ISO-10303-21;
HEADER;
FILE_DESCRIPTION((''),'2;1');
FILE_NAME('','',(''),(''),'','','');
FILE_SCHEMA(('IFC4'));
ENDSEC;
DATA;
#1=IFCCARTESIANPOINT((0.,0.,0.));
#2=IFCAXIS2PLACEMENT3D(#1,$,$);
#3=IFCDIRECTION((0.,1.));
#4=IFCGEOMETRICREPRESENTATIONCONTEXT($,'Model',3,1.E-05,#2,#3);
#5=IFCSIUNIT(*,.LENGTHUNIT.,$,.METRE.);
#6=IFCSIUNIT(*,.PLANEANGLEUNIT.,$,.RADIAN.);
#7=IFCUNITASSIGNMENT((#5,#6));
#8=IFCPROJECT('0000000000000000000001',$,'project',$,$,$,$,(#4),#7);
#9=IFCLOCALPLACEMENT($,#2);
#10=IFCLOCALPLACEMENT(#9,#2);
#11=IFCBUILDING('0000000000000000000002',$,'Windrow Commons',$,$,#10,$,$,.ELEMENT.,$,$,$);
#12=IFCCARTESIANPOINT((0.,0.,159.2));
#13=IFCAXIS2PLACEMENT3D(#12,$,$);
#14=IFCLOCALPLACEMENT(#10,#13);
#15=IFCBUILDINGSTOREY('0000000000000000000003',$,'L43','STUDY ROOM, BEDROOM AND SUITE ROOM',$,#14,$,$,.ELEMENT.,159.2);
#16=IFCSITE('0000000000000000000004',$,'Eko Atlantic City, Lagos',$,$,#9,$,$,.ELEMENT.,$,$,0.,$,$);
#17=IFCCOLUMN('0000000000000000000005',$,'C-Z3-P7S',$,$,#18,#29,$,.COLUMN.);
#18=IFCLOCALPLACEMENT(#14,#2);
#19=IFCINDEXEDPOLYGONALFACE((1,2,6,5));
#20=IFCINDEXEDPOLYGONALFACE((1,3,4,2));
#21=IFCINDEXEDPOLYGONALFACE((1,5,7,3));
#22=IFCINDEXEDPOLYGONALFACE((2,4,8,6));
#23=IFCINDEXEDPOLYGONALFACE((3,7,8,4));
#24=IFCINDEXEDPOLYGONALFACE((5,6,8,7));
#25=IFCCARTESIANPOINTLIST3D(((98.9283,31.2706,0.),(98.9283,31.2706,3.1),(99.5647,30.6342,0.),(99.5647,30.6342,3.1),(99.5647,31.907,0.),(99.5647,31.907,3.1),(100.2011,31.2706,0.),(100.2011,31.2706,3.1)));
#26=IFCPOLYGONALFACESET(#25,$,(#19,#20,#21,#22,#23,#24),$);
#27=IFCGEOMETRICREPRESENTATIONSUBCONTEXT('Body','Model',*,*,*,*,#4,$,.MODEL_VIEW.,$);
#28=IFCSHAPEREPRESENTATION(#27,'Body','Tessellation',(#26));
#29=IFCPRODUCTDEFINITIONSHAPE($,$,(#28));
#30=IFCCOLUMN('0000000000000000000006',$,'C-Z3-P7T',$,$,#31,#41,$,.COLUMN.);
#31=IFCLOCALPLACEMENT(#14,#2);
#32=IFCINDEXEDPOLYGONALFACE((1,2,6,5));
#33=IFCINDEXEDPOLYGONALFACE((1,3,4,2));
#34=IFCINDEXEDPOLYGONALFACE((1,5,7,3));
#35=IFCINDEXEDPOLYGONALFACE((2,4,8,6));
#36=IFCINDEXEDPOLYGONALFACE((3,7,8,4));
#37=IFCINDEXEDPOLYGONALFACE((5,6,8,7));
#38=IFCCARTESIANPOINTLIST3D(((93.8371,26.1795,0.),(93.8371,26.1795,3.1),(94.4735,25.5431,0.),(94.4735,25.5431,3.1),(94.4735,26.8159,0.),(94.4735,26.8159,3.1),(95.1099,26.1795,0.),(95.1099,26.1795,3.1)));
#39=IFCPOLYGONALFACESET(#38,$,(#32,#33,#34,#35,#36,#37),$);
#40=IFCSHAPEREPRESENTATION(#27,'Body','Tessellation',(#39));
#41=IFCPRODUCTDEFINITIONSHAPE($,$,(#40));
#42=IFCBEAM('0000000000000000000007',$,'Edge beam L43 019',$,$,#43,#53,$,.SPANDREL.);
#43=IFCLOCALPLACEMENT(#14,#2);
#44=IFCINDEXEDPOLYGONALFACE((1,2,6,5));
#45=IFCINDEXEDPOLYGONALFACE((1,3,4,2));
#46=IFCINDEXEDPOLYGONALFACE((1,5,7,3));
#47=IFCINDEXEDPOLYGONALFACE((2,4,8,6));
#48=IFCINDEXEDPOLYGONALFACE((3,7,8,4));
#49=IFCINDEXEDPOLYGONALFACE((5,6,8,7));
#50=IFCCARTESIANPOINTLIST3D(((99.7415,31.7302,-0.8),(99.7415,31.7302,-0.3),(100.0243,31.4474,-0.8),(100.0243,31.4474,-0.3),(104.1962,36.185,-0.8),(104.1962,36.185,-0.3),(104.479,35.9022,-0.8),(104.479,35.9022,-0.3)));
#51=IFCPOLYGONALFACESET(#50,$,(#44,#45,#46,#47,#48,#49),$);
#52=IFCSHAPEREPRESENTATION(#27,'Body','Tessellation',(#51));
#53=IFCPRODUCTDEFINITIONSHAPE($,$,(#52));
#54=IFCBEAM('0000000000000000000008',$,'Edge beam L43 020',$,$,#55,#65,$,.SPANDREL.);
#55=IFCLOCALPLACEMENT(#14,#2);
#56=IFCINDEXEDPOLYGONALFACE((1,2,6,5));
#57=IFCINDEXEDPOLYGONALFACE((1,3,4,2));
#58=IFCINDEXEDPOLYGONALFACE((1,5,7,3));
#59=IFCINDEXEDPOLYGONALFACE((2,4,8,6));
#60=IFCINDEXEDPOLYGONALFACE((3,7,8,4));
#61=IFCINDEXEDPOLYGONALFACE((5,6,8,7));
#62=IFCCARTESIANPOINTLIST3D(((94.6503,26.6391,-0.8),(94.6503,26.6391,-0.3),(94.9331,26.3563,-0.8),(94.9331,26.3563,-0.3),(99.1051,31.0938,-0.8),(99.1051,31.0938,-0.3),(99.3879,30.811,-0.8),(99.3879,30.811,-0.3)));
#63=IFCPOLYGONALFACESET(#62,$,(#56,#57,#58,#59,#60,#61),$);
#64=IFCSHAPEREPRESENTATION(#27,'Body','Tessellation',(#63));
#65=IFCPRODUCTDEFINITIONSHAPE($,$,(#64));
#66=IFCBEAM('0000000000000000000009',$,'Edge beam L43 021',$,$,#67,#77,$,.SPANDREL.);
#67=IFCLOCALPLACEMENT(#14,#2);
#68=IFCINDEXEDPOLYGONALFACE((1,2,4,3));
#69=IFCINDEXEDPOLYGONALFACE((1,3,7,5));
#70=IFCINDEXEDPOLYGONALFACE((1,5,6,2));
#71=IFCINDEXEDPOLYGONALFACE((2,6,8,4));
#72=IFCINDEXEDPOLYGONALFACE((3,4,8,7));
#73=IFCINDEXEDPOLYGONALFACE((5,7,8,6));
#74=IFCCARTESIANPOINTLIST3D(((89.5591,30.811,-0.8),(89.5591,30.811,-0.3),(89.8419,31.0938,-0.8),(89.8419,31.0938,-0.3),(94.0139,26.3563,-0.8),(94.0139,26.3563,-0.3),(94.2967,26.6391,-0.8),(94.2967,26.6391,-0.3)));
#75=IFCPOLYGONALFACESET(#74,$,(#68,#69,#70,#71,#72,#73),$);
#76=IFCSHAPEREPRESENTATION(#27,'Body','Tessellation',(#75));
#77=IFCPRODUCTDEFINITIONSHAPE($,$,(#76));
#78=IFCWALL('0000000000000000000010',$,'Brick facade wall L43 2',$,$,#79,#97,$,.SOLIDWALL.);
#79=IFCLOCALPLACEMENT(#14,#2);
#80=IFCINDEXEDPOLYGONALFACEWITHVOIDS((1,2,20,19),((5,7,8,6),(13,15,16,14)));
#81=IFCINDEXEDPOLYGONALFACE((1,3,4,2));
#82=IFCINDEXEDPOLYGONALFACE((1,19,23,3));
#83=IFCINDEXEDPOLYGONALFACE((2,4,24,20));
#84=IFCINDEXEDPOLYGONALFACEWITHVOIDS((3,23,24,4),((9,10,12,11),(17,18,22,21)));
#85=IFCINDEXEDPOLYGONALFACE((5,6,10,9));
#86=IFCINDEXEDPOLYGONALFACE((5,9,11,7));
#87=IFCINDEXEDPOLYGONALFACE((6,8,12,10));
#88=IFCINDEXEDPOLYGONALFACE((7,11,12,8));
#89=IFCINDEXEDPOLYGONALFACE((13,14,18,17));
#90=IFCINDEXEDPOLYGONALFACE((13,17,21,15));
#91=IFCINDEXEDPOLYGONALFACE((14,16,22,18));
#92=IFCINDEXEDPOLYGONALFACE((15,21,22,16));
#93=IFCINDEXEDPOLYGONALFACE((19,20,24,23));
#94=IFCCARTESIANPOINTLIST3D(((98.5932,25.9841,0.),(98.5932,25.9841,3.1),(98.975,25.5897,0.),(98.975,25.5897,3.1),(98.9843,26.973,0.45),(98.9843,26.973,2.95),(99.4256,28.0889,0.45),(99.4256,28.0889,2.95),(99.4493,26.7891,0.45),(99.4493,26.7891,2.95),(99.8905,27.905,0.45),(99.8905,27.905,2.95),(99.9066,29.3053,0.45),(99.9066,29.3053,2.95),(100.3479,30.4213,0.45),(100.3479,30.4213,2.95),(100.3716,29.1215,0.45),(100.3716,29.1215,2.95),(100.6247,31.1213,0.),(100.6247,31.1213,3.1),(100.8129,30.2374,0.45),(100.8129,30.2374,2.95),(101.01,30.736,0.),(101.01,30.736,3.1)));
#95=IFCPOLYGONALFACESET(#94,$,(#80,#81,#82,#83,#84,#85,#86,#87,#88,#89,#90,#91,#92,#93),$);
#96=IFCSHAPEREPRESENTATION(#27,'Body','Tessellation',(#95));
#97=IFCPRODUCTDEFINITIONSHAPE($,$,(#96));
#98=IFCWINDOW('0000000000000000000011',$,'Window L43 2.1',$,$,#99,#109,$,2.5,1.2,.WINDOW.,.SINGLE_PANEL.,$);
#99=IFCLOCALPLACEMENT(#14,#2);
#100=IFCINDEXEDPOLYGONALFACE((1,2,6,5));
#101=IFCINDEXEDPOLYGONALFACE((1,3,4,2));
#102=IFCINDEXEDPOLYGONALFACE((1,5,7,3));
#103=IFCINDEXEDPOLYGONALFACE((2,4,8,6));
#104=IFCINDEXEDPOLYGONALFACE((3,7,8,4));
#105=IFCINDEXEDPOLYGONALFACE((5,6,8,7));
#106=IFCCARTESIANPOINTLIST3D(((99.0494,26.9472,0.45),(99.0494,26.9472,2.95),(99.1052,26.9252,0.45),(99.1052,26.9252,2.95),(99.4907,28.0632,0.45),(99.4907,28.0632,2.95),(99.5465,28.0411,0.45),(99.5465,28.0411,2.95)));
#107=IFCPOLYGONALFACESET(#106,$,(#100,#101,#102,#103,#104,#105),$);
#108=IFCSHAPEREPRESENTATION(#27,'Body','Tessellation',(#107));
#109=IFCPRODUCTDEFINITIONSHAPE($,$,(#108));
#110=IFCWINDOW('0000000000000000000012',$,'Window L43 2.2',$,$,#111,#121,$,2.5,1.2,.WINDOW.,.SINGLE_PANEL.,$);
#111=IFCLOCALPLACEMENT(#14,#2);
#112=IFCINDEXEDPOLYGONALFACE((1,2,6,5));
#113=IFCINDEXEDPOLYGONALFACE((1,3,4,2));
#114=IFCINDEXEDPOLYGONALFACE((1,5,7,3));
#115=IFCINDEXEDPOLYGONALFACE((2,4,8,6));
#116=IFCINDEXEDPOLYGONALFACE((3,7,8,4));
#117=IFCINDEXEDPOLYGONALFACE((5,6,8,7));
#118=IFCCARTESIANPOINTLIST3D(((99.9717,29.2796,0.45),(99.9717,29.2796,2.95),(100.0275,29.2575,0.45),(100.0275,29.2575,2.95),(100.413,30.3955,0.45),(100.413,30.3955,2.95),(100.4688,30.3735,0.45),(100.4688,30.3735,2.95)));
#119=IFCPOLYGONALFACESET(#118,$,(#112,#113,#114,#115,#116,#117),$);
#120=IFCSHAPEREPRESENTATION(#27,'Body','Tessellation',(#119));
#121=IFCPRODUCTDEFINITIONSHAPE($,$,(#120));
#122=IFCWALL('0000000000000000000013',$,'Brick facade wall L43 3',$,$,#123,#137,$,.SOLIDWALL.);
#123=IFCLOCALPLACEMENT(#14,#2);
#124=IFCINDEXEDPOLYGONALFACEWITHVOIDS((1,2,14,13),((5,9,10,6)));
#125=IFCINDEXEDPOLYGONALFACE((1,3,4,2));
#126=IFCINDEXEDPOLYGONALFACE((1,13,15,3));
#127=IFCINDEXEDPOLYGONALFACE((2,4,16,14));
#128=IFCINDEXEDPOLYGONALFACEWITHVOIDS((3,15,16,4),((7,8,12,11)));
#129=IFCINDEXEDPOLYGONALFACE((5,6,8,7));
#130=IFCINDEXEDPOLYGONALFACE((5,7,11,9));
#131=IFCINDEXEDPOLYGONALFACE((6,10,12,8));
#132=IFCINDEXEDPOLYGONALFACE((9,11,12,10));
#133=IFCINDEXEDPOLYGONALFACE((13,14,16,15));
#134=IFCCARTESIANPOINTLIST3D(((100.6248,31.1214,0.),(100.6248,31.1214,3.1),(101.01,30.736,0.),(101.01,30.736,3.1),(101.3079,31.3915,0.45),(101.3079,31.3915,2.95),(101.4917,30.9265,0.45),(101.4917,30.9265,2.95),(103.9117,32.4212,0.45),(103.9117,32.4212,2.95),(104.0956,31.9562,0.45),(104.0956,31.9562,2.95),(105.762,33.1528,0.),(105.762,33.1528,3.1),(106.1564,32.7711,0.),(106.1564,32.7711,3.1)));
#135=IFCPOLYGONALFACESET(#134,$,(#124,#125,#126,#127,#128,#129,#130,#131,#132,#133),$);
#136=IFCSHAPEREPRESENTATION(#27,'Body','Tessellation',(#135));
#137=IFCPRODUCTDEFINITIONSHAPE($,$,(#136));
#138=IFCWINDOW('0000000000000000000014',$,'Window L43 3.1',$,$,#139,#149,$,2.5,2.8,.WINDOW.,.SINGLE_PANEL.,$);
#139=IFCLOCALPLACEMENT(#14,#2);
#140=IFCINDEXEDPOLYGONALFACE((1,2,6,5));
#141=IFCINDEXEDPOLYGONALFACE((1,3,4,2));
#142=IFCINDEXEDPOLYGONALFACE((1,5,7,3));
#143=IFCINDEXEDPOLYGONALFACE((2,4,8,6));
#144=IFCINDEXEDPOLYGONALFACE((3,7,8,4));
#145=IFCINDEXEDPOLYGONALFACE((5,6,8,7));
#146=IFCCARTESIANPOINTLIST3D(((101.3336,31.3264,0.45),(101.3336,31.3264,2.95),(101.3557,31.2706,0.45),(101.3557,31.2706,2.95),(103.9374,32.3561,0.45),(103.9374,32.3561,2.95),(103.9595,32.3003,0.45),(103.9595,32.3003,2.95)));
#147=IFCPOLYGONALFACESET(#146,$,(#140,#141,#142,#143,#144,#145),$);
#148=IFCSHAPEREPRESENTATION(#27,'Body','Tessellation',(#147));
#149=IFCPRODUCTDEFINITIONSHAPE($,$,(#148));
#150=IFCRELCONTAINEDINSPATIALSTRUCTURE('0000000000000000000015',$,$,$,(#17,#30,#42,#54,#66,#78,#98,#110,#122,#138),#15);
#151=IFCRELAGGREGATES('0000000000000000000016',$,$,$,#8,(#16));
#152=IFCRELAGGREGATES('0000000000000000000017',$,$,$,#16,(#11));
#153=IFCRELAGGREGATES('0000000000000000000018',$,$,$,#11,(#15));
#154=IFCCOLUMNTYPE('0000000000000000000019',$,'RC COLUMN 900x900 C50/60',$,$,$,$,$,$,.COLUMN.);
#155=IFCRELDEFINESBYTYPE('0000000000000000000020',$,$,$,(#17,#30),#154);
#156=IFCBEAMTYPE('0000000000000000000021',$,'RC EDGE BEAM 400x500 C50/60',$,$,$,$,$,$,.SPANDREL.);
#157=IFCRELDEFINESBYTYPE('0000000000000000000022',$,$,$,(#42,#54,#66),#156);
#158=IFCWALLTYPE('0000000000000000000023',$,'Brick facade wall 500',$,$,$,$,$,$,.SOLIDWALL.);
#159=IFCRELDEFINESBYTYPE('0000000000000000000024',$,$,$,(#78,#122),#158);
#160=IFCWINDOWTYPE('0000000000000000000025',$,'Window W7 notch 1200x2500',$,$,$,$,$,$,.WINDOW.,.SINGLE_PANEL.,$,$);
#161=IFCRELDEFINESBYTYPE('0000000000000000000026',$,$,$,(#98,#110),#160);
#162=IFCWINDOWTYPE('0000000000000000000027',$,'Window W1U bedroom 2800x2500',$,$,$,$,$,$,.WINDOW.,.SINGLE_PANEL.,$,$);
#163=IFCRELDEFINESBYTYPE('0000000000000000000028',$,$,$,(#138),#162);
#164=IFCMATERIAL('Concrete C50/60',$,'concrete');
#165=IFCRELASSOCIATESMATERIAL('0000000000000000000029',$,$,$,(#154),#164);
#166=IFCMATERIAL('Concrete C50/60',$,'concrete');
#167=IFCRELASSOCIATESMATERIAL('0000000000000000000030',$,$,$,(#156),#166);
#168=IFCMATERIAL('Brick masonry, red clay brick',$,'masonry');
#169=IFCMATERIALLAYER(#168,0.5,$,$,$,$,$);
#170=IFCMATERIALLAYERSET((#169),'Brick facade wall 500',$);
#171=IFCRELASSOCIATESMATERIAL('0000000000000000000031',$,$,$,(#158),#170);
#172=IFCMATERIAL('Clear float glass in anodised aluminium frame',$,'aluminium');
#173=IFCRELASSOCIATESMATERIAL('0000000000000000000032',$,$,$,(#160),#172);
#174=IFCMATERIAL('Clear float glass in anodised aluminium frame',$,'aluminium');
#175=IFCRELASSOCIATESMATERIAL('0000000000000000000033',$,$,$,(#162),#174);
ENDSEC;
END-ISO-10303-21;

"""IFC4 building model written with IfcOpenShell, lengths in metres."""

from ifc_helpers import new_model, si_unit, direction, frame, frame_2d, origin, origin_2d, place, context, subcontext, project, spatial, polyline, rectangle, outline, extrude, material, layer, layer_set, material_profile, profile_set, type_object, element, fill, save


model = new_model("IFC4")

# Units and contexts
model_context = context("Model", 3, precision=1e-05, world=origin(), true_north=direction((0.0, 1.0)))
body_context = subcontext(model_context, "Body", "Model", "MODEL_VIEW")
ifc_project = project(units=[si_unit("LENGTHUNIT", "METRE"), si_unit("PLANEANGLEUNIT", "RADIAN")], contexts=[model_context])

# Site, building, storey
site_placement = place(None, origin())
site = spatial("IfcSite", under=ifc_project, at=site_placement, Name="Eko Atlantic City, Lagos", CompositionType="ELEMENT", RefElevation=0.0)
building_placement = place(site_placement, origin())
building = spatial("IfcBuilding", under=site, at=building_placement, Name="Windrow Commons", CompositionType="ELEMENT")
storey_placement = place(building_placement, frame((0.0, 0.0, 159.2)))
storey = spatial("IfcBuildingStorey", under=building, at=storey_placement, Name="L43", Description="STUDY ROOM, BEDROOM AND SUITE ROOM", CompositionType="ELEMENT", Elevation=159.2)

# Columns
ifc_material_1 = material(Name="Concrete C50/60", Category="concrete")
ifc_material_profile_1 = material_profile(ifc_material_1, rectangle(XDim=0.9, YDim=0.9, at=origin_2d()))
ifc_profile_set_1 = profile_set([ifc_material_profile_1], Name="Concrete C50/60")
column_type = type_object("IfcColumnType", Name="RC COLUMN 900x900 C50/60", PredefinedType="COLUMN", material=ifc_profile_set_1)
for number, where, z_axis, x_axis, name in (
    (1, (99.5647, 31.2706, 0.0), (0.0, 0.0, 1.0), (0.707107, -0.707107, 0.0), "C-Z3-P7S"),
    (2, (94.4735, 26.1795, 0.0), (0.0, 0.0, 1.0), (0.707107, -0.707107, 0.0), "C-Z3-P7T"),
):
    element("IfcColumn", number, at=place(storey_placement, frame(where, z_axis=z_axis, x_axis=x_axis)), inside=storey, type_object=column_type, Name=name, PredefinedType="COLUMN", context=body_context, shape_type="SweptSolid", body=[
        extrude(rectangle(XDim=0.9, YDim=0.9, at=origin_2d()), origin(), (0.0, 0.0, 1.0), 3.1),
    ])

# Beams
ifc_material_2 = material(Name="Concrete C50/60", Category="concrete")
ifc_material_profile_2 = material_profile(ifc_material_2, rectangle(XDim=0.4, YDim=0.5, at=origin_2d()))
ifc_profile_set_2 = profile_set([ifc_material_profile_2], Name="Concrete C50/60")
beam_type = type_object("IfcBeamType", Name="RC EDGE BEAM 400x500 C50/60", PredefinedType="SPANDREL", material=ifc_profile_set_2)
for number, where, z_axis, x_axis, name in (
    (3, (104.3376, 36.0436, -0.55), (-0.707099, -0.707115, 0.0), (0.707115, -0.707099, 0.0), "Edge beam L43 019"),
    (4, (99.2465, 30.9524, -0.55), (-0.707115, -0.707099, 0.0), (0.707099, -0.707115, 0.0), "Edge beam L43 020"),
    (5, (94.1553, 26.4977, -0.55), (-0.707115, 0.707099, 0.0), (-0.707099, -0.707115, 0.0), "Edge beam L43 021"),
):
    element("IfcBeam", number, at=place(storey_placement, frame(where, z_axis=z_axis, x_axis=x_axis)), inside=storey, type_object=beam_type, Name=name, PredefinedType="SPANDREL", context=body_context, shape_type="SweptSolid", body=[
        extrude(rectangle(XDim=0.4, YDim=0.5, at=origin_2d()), origin(), (0.0, 0.0, 1.0), 6.3),
    ])

# Wall, openings, windows
ifc_material_3 = material(Name="Brick masonry, red clay brick", Category="masonry")
ifc_layer_1 = layer(ifc_material_3, 0.5)
ifc_layer_set_1 = layer_set([ifc_layer_1], Name="Brick facade wall 500")
wall_type_1 = type_object("IfcWallType", Name="Brick facade wall 500", PredefinedType="SOLIDWALL", material=ifc_layer_set_1)
wall_1_placement = place(storey_placement, frame((98.7841, 25.7869, 0.0), z_axis=(0.0, 0.0, 1.0), x_axis=(0.367736, 0.92993, 0.0)))
wall_1 = element("IfcWall", 6, at=wall_1_placement, inside=storey, type_object=wall_type_1, Name="Brick facade wall L43 2", PredefinedType="SOLIDWALL", context=body_context, shape_type="SweptSolid", body=[
    extrude(outline(polyline([(-0.1132, -0.25), (5.4209, -0.25), (5.6375, 0.25), (0.1132, 0.25), (-0.1132, -0.25)])), origin(), (0.0, 0.0, 1.0), 3.1),
])
opening_1_placement = place(wall_1_placement, frame((1.1766, 0.0, 0.45)))
opening_1 = element("IfcOpeningElement", 7, at=opening_1_placement, cuts=wall_1, PredefinedType="OPENING", context=body_context, shape_type="SweptSolid", body=[
    extrude(rectangle(XDim=1.2, YDim=2.5, at=frame_2d((0.6, 1.25))), frame((0.0, 0.26, 0.0), z_axis=(0.0, -1.0, 0.0), x_axis=(1.0, 0.0, 0.0)), (0.0, 0.0, 1.0), 0.52),
])
opening_2_placement = place(wall_1_placement, frame((3.6847, 0.0, 0.45)))
opening_2 = element("IfcOpeningElement", 8, at=opening_2_placement, cuts=wall_1, PredefinedType="OPENING", context=body_context, shape_type="SweptSolid", body=[
    extrude(rectangle(XDim=1.2, YDim=2.5, at=frame_2d((0.6, 1.25))), frame((0.0, 0.26, 0.0), z_axis=(0.0, -1.0, 0.0), x_axis=(1.0, 0.0, 0.0)), (0.0, 0.0, 1.0), 0.52),
])
ifc_material_4 = material(Name="Clear float glass in anodised aluminium frame", Category="aluminium")
window_type_1 = type_object("IfcWindowType", Name="Window W7 notch 1200x2500", PartitioningType="SINGLE_PANEL", PredefinedType="WINDOW", material=ifc_material_4)
window_1_placement = place(opening_1_placement, origin())
window_1 = element("IfcWindow", 9, at=window_1_placement, inside=storey, type_object=window_type_1, Name="Window L43 2.1", OverallHeight=2.5, OverallWidth=1.2, PartitioningType="SINGLE_PANEL", PredefinedType="WINDOW", context=body_context, shape_type="SweptSolid", body=[
    extrude(rectangle(XDim=1.2, YDim=2.5, at=frame_2d((0.6, 1.25))), frame((0.0, 0.18, 0.0), z_axis=(0.0, -1.0, 0.0), x_axis=(1.0, 0.0, 0.0)), (0.0, 0.0, 1.0), 0.06),
])
fill(opening_1, window_1)
window_2_placement = place(opening_2_placement, origin())
window_2 = element("IfcWindow", 10, at=window_2_placement, inside=storey, type_object=window_type_1, Name="Window L43 2.2", OverallHeight=2.5, OverallWidth=1.2, PartitioningType="SINGLE_PANEL", PredefinedType="WINDOW", context=body_context, shape_type="SweptSolid", body=[
    extrude(rectangle(XDim=1.2, YDim=2.5, at=frame_2d((0.6, 1.25))), frame((0.0, 0.18, 0.0), z_axis=(0.0, -1.0, 0.0), x_axis=(1.0, 0.0, 0.0)), (0.0, 0.0, 1.0), 0.06),
])
fill(opening_2, window_2)

# Wall, opening, window
wall_2_placement = place(storey_placement, frame((100.8174, 30.9287, 0.0), z_axis=(0.0, 0.0, 1.0), x_axis=(0.92993, 0.367736, 0.0)))
wall_2 = element("IfcWall", 11, at=wall_2_placement, inside=storey, type_object=wall_type_1, Name="Brick facade wall L43 3", PredefinedType="SOLIDWALL", context=body_context, shape_type="SweptSolid", body=[
    extrude(outline(polyline([(0.1083, -0.25), (5.6424, -0.25), (5.416, 0.25), (-0.1083, 0.25), (0.1083, -0.25)])), origin(), (0.0, 0.0, 1.0), 3.1),
])
opening_3_placement = place(wall_2_placement, frame((0.6263, 0.0, 0.45)))
opening_3 = element("IfcOpeningElement", 12, at=opening_3_placement, cuts=wall_2, PredefinedType="OPENING", context=body_context, shape_type="SweptSolid", body=[
    extrude(rectangle(XDim=2.8, YDim=2.5, at=frame_2d((1.4, 1.25))), frame((0.0, 0.26, 0.0), z_axis=(0.0, -1.0, 0.0), x_axis=(1.0, 0.0, 0.0)), (0.0, 0.0, 1.0), 0.52),
])
ifc_material_5 = material(Name="Clear float glass in anodised aluminium frame", Category="aluminium")
window_type_2 = type_object("IfcWindowType", Name="Window W1U bedroom 2800x2500", PartitioningType="SINGLE_PANEL", PredefinedType="WINDOW", material=ifc_material_5)
window_3_placement = place(opening_3_placement, origin())
window_3 = element("IfcWindow", 13, at=window_3_placement, inside=storey, type_object=window_type_2, Name="Window L43 3.1", OverallHeight=2.5, OverallWidth=2.8, PartitioningType="SINGLE_PANEL", PredefinedType="WINDOW", context=body_context, shape_type="SweptSolid", body=[
    extrude(rectangle(XDim=2.8, YDim=2.5, at=frame_2d((1.4, 1.25))), frame((0.0, 0.18, 0.0), z_axis=(0.0, -1.0, 0.0), x_axis=(1.0, 0.0, 0.0)), (0.0, 0.0, 1.0), 0.06),
])
fill(opening_3, window_3)

save(model, "model.ifc")
